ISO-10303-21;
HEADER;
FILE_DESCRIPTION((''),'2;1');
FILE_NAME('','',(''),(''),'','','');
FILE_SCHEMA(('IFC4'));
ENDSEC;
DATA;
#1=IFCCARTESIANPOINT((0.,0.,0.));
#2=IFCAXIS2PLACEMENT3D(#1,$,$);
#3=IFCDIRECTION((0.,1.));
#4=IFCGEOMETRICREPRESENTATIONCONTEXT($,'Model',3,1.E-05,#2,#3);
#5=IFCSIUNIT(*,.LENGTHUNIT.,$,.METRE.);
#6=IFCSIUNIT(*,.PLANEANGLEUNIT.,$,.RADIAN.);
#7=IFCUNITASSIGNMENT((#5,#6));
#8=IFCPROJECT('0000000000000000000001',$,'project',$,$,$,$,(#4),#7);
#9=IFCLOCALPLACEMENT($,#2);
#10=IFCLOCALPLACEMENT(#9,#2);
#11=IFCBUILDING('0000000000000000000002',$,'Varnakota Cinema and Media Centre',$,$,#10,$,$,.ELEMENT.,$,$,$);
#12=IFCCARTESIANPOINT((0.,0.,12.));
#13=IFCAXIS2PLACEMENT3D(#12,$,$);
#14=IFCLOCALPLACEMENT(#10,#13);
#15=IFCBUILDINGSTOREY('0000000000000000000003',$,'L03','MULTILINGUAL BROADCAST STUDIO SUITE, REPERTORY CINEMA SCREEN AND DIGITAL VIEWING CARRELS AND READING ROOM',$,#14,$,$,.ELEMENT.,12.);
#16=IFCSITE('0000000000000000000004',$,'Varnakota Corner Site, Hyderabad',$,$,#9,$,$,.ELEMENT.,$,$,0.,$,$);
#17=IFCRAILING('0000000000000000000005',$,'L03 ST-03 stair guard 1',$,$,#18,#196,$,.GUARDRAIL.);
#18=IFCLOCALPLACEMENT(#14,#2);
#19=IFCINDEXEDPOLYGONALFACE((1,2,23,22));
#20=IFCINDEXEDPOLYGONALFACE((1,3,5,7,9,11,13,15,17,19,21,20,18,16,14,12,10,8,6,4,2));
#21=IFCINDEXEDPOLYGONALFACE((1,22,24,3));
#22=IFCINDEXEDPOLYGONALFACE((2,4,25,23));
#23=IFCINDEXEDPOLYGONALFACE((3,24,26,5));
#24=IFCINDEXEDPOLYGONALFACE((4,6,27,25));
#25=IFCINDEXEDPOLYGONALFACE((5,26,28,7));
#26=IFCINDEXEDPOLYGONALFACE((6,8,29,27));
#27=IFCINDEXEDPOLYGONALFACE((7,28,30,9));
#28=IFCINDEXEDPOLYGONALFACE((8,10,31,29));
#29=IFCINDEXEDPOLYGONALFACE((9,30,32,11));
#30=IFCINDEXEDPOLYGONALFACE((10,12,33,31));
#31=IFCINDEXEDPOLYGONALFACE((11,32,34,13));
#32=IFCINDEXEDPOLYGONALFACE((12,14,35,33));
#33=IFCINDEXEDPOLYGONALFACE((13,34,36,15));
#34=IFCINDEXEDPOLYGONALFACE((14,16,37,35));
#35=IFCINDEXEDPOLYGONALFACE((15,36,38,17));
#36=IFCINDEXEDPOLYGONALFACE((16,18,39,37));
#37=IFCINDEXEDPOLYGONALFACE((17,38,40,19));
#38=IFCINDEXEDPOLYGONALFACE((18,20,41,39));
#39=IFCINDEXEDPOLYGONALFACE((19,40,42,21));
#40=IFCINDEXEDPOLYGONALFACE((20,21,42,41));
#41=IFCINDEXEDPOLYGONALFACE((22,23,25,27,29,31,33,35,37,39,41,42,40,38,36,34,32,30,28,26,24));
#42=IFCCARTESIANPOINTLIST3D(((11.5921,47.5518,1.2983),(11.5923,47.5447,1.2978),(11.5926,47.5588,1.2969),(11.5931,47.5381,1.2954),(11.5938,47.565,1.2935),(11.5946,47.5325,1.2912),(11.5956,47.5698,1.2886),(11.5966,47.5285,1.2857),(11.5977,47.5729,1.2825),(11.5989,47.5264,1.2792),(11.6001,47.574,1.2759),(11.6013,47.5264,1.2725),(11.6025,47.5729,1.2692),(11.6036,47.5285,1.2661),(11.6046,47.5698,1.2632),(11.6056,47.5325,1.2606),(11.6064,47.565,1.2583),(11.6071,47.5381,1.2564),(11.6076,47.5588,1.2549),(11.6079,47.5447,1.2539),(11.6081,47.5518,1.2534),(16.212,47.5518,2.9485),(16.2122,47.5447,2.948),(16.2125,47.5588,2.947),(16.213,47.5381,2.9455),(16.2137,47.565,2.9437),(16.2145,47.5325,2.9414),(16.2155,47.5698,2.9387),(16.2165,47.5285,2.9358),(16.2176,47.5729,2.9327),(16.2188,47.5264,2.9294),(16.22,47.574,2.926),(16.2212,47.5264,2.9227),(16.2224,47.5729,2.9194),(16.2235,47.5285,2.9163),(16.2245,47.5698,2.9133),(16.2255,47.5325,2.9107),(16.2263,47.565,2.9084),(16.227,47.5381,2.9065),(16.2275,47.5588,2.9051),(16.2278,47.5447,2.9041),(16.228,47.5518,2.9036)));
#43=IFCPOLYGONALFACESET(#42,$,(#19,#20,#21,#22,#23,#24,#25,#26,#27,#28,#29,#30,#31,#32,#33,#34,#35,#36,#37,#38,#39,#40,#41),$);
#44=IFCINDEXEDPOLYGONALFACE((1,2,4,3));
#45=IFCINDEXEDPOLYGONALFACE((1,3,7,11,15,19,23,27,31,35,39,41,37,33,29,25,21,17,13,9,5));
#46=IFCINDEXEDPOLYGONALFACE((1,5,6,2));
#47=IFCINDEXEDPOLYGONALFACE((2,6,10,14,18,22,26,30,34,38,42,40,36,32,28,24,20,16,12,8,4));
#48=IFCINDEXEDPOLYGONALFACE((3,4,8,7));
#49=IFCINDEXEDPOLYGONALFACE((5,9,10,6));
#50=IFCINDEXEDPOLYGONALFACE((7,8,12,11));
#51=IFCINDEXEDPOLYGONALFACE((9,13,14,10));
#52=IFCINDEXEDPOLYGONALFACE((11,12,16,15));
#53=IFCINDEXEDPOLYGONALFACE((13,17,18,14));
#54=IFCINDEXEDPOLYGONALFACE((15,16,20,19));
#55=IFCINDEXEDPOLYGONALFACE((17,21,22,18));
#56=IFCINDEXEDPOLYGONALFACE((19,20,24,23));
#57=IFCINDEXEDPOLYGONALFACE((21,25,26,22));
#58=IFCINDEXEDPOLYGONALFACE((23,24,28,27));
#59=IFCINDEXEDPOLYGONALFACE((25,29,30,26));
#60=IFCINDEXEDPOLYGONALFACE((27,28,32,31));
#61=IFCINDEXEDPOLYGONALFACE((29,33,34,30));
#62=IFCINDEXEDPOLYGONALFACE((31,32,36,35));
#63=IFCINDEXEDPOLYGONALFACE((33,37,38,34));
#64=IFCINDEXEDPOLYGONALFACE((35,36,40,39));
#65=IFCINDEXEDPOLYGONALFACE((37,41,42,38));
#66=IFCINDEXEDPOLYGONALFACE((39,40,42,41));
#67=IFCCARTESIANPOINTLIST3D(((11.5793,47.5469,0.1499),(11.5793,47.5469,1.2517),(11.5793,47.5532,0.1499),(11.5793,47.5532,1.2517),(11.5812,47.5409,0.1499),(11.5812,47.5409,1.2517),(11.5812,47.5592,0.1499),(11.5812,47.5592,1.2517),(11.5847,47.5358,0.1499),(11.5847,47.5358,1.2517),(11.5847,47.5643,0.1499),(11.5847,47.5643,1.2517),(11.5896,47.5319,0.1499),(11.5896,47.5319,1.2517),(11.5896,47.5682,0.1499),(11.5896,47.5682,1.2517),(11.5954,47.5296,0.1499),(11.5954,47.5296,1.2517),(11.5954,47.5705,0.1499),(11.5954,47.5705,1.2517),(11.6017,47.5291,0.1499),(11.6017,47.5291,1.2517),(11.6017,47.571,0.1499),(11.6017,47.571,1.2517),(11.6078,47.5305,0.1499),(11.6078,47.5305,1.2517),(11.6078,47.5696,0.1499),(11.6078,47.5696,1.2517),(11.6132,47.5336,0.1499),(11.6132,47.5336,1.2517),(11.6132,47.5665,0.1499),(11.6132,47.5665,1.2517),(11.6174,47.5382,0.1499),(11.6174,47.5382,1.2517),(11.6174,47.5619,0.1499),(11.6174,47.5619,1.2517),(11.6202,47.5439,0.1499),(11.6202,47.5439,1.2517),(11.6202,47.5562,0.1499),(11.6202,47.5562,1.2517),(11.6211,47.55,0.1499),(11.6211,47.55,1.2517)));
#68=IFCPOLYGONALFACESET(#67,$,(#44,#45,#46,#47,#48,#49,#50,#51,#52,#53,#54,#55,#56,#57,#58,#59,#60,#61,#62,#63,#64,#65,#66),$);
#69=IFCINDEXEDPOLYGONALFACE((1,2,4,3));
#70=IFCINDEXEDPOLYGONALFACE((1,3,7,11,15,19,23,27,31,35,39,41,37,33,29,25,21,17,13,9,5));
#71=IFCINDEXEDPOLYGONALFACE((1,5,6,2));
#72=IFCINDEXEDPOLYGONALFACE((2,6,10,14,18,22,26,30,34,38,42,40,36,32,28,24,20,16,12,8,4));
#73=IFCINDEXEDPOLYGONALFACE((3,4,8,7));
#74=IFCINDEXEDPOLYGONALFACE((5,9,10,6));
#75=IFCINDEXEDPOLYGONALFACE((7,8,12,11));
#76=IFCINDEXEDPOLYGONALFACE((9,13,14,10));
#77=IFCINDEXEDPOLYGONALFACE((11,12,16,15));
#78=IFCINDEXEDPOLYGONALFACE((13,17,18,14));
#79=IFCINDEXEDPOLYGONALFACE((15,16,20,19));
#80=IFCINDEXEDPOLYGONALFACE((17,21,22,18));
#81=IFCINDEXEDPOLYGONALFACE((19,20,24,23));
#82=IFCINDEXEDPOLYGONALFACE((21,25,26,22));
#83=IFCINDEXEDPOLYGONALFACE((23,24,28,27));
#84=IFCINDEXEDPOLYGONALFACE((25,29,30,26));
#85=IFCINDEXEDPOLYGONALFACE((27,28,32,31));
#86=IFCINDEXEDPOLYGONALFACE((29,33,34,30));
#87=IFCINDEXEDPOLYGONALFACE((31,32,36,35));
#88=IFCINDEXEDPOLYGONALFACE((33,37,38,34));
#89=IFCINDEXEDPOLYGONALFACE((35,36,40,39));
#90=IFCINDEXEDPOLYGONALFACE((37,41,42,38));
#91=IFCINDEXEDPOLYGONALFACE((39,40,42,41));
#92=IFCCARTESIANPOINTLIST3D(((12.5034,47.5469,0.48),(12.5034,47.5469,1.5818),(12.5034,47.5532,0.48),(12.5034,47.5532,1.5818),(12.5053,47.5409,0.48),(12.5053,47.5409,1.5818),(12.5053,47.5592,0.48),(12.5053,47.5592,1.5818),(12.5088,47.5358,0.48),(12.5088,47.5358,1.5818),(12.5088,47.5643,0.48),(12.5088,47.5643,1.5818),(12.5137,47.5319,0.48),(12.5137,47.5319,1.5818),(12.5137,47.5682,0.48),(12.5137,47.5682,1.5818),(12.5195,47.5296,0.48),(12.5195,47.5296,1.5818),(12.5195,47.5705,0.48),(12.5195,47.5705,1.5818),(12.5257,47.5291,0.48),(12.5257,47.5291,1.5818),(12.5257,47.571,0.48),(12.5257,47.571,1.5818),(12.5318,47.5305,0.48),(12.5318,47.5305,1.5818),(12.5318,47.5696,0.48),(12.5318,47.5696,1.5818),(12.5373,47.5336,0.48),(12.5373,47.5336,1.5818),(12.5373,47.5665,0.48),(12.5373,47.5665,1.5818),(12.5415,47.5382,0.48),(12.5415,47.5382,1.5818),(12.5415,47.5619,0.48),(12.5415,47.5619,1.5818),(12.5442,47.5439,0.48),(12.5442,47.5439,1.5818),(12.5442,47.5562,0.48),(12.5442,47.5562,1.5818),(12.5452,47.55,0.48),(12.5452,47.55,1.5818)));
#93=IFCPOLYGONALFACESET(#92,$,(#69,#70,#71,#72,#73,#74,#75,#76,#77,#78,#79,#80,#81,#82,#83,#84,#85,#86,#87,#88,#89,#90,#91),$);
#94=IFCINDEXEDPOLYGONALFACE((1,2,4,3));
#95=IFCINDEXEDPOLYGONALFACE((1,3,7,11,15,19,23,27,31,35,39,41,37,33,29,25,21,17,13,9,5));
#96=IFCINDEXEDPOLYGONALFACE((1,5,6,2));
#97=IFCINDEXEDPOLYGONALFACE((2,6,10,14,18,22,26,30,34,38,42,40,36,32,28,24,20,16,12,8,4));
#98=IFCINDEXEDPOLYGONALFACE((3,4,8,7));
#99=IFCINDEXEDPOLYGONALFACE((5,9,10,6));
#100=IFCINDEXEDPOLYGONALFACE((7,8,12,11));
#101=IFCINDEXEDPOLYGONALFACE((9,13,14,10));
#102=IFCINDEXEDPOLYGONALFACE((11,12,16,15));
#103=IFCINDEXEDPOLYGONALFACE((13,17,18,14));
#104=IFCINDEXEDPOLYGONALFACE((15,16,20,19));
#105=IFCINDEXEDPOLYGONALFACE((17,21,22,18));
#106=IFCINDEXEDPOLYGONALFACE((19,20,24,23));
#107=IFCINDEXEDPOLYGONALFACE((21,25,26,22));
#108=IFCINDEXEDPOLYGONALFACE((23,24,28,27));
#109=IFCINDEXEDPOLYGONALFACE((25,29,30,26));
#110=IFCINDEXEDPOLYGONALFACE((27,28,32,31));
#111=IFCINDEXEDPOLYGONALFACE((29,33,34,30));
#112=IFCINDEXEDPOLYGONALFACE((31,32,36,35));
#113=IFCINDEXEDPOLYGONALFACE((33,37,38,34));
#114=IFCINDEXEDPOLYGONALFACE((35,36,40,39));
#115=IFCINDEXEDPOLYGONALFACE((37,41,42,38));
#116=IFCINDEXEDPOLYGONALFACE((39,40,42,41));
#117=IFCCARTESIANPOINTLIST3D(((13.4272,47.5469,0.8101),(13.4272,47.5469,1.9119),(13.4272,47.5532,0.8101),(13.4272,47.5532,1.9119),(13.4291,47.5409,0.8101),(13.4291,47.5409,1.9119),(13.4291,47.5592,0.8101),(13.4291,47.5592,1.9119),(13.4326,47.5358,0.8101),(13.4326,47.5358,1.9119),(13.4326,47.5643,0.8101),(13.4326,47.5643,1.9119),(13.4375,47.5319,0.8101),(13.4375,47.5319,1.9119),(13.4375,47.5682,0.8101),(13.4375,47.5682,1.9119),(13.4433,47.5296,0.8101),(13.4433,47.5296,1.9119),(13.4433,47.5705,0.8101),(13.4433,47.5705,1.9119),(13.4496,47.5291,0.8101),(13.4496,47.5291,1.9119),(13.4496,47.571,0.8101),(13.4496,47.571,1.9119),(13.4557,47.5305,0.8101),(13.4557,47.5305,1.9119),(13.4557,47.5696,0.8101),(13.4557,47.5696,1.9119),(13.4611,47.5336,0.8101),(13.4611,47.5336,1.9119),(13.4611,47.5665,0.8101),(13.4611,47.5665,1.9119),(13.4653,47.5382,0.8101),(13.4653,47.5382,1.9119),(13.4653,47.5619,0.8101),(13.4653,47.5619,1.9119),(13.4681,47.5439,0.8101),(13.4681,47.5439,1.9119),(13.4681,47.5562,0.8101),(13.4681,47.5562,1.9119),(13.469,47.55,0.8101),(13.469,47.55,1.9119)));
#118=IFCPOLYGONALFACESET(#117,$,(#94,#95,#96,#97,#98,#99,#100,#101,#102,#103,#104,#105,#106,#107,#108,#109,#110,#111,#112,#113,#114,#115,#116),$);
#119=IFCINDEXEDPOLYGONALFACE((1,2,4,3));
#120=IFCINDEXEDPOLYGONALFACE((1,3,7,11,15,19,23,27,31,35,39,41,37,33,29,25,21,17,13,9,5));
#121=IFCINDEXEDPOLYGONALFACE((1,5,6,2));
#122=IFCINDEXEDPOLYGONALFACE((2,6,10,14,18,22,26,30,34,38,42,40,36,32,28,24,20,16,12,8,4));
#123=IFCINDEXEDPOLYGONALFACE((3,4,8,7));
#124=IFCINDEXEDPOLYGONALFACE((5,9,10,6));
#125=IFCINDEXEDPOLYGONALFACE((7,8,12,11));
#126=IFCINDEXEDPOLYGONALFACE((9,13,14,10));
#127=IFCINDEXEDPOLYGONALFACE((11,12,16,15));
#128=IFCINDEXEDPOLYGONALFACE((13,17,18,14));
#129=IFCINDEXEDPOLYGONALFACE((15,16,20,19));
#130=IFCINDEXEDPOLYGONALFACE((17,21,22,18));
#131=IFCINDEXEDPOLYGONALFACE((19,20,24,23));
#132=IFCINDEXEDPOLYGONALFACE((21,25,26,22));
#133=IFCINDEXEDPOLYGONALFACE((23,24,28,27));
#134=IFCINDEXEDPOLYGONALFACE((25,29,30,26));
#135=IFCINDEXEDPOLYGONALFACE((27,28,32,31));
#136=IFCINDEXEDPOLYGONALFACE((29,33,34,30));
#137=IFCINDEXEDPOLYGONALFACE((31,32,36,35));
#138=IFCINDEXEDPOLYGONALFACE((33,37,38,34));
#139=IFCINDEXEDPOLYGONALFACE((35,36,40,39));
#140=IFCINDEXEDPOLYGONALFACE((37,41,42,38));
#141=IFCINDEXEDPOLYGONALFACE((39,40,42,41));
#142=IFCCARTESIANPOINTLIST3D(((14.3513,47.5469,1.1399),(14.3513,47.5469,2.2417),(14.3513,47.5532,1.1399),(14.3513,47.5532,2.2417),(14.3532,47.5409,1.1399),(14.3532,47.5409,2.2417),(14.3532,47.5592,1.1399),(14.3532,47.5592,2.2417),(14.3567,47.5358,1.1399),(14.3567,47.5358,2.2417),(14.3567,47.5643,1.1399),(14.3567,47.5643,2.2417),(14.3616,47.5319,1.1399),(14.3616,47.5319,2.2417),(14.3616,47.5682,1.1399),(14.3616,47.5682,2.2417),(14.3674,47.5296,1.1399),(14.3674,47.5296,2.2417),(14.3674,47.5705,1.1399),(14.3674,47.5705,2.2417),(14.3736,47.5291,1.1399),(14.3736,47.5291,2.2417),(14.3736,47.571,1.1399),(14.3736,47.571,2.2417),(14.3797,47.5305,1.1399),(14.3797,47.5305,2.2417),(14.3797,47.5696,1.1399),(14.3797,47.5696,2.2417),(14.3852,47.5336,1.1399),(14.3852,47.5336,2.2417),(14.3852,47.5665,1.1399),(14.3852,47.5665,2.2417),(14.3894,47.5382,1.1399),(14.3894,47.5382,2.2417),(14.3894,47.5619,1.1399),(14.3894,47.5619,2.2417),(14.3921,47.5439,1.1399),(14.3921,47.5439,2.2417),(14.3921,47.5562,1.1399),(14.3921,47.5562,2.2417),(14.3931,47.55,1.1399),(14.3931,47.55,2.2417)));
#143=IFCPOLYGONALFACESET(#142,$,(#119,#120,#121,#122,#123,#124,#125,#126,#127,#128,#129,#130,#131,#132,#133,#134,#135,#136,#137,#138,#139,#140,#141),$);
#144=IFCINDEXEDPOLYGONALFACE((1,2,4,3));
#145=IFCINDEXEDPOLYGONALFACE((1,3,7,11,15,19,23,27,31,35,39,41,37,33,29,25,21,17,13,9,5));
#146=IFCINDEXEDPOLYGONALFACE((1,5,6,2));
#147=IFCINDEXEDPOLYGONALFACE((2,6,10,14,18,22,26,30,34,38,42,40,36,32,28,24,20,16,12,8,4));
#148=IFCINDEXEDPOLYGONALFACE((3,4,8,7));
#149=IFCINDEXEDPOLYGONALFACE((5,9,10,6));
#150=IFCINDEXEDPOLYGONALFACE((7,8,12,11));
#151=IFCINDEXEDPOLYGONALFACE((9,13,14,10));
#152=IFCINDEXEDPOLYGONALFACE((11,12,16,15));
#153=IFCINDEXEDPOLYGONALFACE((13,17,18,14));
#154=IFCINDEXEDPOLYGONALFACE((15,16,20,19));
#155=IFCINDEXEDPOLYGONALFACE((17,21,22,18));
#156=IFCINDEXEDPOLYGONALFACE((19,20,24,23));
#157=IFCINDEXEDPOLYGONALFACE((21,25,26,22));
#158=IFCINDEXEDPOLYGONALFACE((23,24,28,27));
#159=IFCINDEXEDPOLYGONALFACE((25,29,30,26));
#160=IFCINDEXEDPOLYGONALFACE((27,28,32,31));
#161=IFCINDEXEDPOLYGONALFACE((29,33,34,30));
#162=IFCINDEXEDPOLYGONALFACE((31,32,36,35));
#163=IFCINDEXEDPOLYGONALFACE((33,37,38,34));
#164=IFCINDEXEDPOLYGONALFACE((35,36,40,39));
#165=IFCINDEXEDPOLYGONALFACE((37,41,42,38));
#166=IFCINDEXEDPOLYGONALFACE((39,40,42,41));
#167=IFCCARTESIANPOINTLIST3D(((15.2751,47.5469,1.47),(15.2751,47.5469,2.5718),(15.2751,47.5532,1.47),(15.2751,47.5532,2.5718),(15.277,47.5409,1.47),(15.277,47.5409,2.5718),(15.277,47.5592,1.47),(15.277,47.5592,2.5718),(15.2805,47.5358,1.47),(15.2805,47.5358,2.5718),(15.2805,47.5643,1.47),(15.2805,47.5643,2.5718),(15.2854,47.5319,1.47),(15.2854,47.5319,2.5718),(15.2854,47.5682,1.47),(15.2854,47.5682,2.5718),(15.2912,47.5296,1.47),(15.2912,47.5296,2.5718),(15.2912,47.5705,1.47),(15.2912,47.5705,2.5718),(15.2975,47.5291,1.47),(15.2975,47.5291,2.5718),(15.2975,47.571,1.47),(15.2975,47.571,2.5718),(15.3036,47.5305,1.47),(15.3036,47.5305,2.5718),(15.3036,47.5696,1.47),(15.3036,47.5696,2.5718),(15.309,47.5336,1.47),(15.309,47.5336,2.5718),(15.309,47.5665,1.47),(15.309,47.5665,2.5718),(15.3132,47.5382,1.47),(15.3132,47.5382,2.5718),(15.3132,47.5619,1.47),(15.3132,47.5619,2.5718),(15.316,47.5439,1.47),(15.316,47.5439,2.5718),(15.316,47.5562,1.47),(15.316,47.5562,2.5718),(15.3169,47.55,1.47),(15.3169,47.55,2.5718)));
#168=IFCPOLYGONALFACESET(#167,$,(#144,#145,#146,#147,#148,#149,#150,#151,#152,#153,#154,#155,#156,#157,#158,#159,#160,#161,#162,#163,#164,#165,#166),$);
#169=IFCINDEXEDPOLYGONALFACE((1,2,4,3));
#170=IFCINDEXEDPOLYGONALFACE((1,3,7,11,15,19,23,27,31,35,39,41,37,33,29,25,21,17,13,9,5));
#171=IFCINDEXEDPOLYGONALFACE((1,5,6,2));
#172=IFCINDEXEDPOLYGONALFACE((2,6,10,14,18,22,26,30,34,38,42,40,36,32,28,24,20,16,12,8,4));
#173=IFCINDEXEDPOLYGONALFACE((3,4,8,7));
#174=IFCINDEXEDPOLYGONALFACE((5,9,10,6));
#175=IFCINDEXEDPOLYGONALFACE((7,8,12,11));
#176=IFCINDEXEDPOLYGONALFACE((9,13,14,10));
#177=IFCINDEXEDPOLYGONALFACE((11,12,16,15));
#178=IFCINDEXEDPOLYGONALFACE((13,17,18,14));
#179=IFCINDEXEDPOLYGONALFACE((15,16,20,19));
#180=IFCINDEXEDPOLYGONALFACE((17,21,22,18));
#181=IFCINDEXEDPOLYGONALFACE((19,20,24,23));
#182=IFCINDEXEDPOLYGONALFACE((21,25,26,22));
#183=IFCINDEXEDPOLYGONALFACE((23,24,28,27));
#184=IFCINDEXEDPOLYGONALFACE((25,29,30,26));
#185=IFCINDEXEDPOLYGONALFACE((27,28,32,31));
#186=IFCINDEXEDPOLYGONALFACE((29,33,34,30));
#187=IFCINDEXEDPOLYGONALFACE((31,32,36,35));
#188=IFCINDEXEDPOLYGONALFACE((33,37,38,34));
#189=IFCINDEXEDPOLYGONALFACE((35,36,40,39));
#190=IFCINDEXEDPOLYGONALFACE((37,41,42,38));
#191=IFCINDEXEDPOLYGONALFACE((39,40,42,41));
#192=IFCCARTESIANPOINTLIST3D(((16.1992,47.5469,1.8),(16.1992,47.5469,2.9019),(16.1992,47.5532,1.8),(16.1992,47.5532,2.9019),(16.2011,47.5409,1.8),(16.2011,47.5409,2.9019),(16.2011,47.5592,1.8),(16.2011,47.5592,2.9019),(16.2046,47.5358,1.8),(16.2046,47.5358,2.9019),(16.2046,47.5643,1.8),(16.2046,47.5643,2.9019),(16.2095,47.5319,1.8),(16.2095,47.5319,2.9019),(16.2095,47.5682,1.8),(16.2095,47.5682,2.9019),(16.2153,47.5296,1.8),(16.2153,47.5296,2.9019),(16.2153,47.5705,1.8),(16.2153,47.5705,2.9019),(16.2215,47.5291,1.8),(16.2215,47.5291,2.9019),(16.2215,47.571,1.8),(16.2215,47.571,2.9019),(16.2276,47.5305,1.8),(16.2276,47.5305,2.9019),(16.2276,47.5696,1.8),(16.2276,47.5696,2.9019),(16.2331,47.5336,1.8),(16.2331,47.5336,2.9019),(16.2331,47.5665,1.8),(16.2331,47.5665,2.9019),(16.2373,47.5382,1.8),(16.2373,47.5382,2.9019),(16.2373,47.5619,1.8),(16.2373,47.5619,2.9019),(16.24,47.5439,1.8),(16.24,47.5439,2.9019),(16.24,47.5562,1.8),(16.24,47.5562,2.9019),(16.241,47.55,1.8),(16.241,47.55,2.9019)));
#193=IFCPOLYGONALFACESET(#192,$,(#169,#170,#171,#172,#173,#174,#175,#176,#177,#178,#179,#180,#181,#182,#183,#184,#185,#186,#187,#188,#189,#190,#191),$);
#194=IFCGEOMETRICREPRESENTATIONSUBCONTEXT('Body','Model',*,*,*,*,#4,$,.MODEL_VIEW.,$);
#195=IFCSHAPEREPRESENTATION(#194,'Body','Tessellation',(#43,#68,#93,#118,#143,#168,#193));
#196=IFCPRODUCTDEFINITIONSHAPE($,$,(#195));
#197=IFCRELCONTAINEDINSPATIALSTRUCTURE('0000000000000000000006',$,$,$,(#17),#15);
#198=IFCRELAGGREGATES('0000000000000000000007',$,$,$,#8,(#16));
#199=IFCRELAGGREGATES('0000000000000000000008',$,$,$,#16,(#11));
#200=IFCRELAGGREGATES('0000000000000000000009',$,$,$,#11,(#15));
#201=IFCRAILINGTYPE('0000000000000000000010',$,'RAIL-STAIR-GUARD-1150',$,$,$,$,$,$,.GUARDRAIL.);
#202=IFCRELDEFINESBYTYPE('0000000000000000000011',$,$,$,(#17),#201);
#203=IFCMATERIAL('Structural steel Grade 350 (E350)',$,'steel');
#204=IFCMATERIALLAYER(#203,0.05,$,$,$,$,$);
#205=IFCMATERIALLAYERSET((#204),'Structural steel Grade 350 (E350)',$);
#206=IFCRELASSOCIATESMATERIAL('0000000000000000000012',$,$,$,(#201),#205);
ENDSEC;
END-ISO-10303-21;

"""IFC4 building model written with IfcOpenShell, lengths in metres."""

from ifc_helpers import new_model, si_unit, direction, frame, origin, origin_2d, place, context, subcontext, project, spatial, circle, extrude, material, layer, layer_set, type_object, element, save


model = new_model("IFC4")

# Units and contexts
model_context = context("Model", 3, precision=1e-05, world=origin(), true_north=direction((0.0, 1.0)))
body_context = subcontext(model_context, "Body", "Model", "MODEL_VIEW")
ifc_project = project(units=[si_unit("LENGTHUNIT", "METRE"), si_unit("PLANEANGLEUNIT", "RADIAN")], contexts=[model_context])

# Site, building, storey
site_placement = place(None, origin())
site = spatial("IfcSite", under=ifc_project, at=site_placement, Name="Varnakota Corner Site, Hyderabad", CompositionType="ELEMENT", RefElevation=0.0)
building_placement = place(site_placement, origin())
building = spatial("IfcBuilding", under=site, at=building_placement, Name="Varnakota Cinema and Media Centre", CompositionType="ELEMENT")
storey_placement = place(building_placement, frame((0.0, 0.0, 12.0)))
storey = spatial("IfcBuildingStorey", under=building, at=storey_placement, Name="L03", Description="MULTILINGUAL BROADCAST STUDIO SUITE, REPERTORY CINEMA SCREEN AND DIGITAL VIEWING CARRELS AND READING ROOM", CompositionType="ELEMENT", Elevation=12.0)

# Railing
ifc_material_1 = material(Name="Structural steel Grade 350 (E350)", Category="steel")
ifc_layer_1 = layer(ifc_material_1, 0.05)
ifc_layer_set_1 = layer_set([ifc_layer_1], Name="Structural steel Grade 350 (E350)")
railing_type_1 = type_object("IfcRailingType", Name="RAIL-STAIR-GUARD-1150", PredefinedType="GUARDRAIL", material=ifc_layer_set_1)
railing_1_placement = place(storey_placement, frame((11.6001, 47.55, 0.1499)))
element("IfcRailing", 1, at=railing_1_placement, inside=storey, type_object=railing_type_1, Name="L03 ST-03 stair guard 1", PredefinedType="GUARDRAIL", context=body_context, shape_type="SweptSolid", body=[
    extrude(circle(Radius=0.0239, at=origin_2d()), frame((0.0, 0.0, 1.126), z_axis=(0.94173, 0.0, 0.336371), x_axis=(0.0, 1.0, 0.0)), (0.0, 0.0, 1.0), 4.9058),
    extrude(circle(Radius=0.021, at=origin_2d()), origin(), (0.0, 0.0, 1.0), 1.1018),
    extrude(circle(Radius=0.021, at=origin_2d()), frame((0.9241, 0.0, 0.3301)), (0.0, 0.0, 1.0), 1.1018),
    extrude(circle(Radius=0.021, at=origin_2d()), frame((1.8479, 0.0, 0.6602)), (0.0, 0.0, 1.0), 1.1018),
    extrude(circle(Radius=0.021, at=origin_2d()), frame((2.772, 0.0, 0.99)), (0.0, 0.0, 1.0), 1.1018),
    extrude(circle(Radius=0.021, at=origin_2d()), frame((3.6958, 0.0, 1.3201)), (0.0, 0.0, 1.0), 1.1018),
    extrude(circle(Radius=0.021, at=origin_2d()), frame((4.6199, 0.0, 1.6501)), (0.0, 0.0, 1.0), 1.1018),
])

save(model, "model.ifc")
